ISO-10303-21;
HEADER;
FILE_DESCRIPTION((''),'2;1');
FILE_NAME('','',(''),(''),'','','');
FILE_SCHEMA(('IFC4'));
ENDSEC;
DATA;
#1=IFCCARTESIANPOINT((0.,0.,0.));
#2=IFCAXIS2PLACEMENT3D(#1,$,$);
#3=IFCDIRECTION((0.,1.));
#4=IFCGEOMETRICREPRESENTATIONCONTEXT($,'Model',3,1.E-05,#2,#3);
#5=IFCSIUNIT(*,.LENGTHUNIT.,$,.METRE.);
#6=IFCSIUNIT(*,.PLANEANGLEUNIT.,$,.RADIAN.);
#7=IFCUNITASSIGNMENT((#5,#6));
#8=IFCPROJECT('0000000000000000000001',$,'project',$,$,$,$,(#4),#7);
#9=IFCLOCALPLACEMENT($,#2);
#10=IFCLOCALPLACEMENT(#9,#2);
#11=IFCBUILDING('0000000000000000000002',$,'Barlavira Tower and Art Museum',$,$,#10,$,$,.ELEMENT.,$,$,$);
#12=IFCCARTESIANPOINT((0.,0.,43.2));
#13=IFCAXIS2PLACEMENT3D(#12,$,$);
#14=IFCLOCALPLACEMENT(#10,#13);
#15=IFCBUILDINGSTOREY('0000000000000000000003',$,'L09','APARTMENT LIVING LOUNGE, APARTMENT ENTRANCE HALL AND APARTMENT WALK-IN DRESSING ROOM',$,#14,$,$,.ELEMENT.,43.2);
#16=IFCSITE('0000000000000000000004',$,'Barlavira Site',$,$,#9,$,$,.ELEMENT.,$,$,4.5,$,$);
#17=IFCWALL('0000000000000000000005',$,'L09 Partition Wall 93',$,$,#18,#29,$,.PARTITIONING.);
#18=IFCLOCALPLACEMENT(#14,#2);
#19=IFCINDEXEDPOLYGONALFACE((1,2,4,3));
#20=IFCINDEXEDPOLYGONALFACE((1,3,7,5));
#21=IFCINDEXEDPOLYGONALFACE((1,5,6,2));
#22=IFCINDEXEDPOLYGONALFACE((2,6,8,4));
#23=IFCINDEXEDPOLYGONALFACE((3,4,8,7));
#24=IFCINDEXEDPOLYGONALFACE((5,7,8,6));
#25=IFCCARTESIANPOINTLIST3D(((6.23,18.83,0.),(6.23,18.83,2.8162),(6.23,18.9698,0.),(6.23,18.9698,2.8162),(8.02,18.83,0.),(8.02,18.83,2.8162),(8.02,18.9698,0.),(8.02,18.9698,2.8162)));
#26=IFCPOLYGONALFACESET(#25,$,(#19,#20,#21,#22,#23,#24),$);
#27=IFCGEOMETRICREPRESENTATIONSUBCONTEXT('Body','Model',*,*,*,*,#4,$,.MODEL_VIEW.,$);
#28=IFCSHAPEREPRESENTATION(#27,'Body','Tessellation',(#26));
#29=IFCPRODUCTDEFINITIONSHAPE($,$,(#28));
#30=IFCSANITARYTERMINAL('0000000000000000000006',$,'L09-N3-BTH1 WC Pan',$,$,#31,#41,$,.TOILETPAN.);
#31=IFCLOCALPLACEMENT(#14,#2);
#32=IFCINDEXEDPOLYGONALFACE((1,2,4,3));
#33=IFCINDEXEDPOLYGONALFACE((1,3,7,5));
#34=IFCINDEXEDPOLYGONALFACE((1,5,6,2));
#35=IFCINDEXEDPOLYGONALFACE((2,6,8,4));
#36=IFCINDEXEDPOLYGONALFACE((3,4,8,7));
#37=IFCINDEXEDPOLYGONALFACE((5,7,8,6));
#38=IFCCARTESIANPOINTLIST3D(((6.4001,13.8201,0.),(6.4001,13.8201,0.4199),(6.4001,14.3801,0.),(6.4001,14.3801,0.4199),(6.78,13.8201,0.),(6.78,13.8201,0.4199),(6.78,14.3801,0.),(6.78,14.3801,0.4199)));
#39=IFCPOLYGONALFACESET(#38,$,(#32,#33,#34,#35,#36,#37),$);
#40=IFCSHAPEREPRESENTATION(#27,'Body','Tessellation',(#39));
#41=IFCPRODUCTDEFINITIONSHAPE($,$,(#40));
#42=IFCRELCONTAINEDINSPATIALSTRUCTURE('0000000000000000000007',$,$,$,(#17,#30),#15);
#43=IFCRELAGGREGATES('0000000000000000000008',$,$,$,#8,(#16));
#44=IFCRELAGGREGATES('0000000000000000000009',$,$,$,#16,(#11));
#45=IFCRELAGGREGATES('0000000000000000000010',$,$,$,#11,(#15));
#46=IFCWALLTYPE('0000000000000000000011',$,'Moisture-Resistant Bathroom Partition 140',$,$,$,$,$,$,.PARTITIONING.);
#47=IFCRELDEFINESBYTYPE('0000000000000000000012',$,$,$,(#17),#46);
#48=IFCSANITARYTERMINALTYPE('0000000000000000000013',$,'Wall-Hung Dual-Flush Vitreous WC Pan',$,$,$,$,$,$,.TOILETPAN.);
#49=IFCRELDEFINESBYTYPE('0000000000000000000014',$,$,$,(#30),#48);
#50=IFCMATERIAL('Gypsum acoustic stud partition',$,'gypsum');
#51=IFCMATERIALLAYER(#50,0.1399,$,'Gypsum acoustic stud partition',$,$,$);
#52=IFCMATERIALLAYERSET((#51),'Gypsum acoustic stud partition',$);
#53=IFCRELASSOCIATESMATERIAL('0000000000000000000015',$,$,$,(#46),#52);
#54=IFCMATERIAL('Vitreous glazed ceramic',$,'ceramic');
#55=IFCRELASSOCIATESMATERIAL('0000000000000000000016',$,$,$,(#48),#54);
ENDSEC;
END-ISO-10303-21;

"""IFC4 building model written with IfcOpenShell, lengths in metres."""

from ifc_helpers import new_model, si_unit, direction, frame, frame_2d, origin, origin_2d, place, context, subcontext, project, spatial, rectangle, extrude, material, layer, layer_set, type_object, element, save


model = new_model("IFC4")

# Units and contexts
model_context = context("Model", 3, precision=1e-05, world=origin(), true_north=direction((0.0, 1.0)))
body_context = subcontext(model_context, "Body", "Model", "MODEL_VIEW")
ifc_project = project(units=[si_unit("LENGTHUNIT", "METRE"), si_unit("PLANEANGLEUNIT", "RADIAN")], contexts=[model_context])

# Site, building, storey
site_placement = place(None, origin())
site = spatial("IfcSite", under=ifc_project, at=site_placement, Name="Barlavira Site", CompositionType="ELEMENT", RefElevation=4.5)
building_placement = place(site_placement, origin())
building = spatial("IfcBuilding", under=site, at=building_placement, Name="Barlavira Tower and Art Museum", CompositionType="ELEMENT")
storey_placement = place(building_placement, frame((0.0, 0.0, 43.2)))
storey = spatial("IfcBuildingStorey", under=building, at=storey_placement, Name="L09", Description="APARTMENT LIVING LOUNGE, APARTMENT ENTRANCE HALL AND APARTMENT WALK-IN DRESSING ROOM", CompositionType="ELEMENT", Elevation=43.2)

# Wall
ifc_material_1 = material(Name="Gypsum acoustic stud partition", Category="gypsum")
ifc_layer_1 = layer(ifc_material_1, 0.1399, Name="Gypsum acoustic stud partition")
ifc_layer_set_1 = layer_set([ifc_layer_1], Name="Gypsum acoustic stud partition")
wall_type_1 = type_object("IfcWallType", Name="Moisture-Resistant Bathroom Partition 140", PredefinedType="PARTITIONING", material=ifc_layer_set_1)
wall_1_placement = place(storey_placement, frame((6.23, 18.8999, 0.0), z_axis=(0.0, 0.0, 1.0), x_axis=(1.0, 0.0, 0.0)))
element("IfcWall", 1, at=wall_1_placement, inside=storey, type_object=wall_type_1, Name="L09 Partition Wall 93", PredefinedType="PARTITIONING", context=body_context, shape_type="SweptSolid", body=[
    extrude(rectangle(XDim=1.79, YDim=0.1399, at=frame_2d((0.895, 0.0))), origin(), (0.0, 0.0, 1.0), 2.8162),
])

# Sanitary terminal
ifc_material_2 = material(Name="Vitreous glazed ceramic", Category="ceramic")
sanitary_terminal_type = type_object("IfcSanitaryTerminalType", Name="Wall-Hung Dual-Flush Vitreous WC Pan", PredefinedType="TOILETPAN", material=ifc_material_2)
sanitary_terminal_placement = place(storey_placement, frame((6.5901, 14.1001, 0.0), z_axis=(0.0, 0.0, 1.0), x_axis=(1.0, 0.0, 0.0)))
element("IfcSanitaryTerminal", 2, at=sanitary_terminal_placement, inside=storey, type_object=sanitary_terminal_type, Name="L09-N3-BTH1 WC Pan", PredefinedType="TOILETPAN", context=body_context, shape_type="SweptSolid", body=[
    extrude(rectangle(XDim=0.3799, YDim=0.5601, at=origin_2d()), origin(), (0.0, 0.0, 1.0), 0.4199),
])

save(model, "model.ifc")
